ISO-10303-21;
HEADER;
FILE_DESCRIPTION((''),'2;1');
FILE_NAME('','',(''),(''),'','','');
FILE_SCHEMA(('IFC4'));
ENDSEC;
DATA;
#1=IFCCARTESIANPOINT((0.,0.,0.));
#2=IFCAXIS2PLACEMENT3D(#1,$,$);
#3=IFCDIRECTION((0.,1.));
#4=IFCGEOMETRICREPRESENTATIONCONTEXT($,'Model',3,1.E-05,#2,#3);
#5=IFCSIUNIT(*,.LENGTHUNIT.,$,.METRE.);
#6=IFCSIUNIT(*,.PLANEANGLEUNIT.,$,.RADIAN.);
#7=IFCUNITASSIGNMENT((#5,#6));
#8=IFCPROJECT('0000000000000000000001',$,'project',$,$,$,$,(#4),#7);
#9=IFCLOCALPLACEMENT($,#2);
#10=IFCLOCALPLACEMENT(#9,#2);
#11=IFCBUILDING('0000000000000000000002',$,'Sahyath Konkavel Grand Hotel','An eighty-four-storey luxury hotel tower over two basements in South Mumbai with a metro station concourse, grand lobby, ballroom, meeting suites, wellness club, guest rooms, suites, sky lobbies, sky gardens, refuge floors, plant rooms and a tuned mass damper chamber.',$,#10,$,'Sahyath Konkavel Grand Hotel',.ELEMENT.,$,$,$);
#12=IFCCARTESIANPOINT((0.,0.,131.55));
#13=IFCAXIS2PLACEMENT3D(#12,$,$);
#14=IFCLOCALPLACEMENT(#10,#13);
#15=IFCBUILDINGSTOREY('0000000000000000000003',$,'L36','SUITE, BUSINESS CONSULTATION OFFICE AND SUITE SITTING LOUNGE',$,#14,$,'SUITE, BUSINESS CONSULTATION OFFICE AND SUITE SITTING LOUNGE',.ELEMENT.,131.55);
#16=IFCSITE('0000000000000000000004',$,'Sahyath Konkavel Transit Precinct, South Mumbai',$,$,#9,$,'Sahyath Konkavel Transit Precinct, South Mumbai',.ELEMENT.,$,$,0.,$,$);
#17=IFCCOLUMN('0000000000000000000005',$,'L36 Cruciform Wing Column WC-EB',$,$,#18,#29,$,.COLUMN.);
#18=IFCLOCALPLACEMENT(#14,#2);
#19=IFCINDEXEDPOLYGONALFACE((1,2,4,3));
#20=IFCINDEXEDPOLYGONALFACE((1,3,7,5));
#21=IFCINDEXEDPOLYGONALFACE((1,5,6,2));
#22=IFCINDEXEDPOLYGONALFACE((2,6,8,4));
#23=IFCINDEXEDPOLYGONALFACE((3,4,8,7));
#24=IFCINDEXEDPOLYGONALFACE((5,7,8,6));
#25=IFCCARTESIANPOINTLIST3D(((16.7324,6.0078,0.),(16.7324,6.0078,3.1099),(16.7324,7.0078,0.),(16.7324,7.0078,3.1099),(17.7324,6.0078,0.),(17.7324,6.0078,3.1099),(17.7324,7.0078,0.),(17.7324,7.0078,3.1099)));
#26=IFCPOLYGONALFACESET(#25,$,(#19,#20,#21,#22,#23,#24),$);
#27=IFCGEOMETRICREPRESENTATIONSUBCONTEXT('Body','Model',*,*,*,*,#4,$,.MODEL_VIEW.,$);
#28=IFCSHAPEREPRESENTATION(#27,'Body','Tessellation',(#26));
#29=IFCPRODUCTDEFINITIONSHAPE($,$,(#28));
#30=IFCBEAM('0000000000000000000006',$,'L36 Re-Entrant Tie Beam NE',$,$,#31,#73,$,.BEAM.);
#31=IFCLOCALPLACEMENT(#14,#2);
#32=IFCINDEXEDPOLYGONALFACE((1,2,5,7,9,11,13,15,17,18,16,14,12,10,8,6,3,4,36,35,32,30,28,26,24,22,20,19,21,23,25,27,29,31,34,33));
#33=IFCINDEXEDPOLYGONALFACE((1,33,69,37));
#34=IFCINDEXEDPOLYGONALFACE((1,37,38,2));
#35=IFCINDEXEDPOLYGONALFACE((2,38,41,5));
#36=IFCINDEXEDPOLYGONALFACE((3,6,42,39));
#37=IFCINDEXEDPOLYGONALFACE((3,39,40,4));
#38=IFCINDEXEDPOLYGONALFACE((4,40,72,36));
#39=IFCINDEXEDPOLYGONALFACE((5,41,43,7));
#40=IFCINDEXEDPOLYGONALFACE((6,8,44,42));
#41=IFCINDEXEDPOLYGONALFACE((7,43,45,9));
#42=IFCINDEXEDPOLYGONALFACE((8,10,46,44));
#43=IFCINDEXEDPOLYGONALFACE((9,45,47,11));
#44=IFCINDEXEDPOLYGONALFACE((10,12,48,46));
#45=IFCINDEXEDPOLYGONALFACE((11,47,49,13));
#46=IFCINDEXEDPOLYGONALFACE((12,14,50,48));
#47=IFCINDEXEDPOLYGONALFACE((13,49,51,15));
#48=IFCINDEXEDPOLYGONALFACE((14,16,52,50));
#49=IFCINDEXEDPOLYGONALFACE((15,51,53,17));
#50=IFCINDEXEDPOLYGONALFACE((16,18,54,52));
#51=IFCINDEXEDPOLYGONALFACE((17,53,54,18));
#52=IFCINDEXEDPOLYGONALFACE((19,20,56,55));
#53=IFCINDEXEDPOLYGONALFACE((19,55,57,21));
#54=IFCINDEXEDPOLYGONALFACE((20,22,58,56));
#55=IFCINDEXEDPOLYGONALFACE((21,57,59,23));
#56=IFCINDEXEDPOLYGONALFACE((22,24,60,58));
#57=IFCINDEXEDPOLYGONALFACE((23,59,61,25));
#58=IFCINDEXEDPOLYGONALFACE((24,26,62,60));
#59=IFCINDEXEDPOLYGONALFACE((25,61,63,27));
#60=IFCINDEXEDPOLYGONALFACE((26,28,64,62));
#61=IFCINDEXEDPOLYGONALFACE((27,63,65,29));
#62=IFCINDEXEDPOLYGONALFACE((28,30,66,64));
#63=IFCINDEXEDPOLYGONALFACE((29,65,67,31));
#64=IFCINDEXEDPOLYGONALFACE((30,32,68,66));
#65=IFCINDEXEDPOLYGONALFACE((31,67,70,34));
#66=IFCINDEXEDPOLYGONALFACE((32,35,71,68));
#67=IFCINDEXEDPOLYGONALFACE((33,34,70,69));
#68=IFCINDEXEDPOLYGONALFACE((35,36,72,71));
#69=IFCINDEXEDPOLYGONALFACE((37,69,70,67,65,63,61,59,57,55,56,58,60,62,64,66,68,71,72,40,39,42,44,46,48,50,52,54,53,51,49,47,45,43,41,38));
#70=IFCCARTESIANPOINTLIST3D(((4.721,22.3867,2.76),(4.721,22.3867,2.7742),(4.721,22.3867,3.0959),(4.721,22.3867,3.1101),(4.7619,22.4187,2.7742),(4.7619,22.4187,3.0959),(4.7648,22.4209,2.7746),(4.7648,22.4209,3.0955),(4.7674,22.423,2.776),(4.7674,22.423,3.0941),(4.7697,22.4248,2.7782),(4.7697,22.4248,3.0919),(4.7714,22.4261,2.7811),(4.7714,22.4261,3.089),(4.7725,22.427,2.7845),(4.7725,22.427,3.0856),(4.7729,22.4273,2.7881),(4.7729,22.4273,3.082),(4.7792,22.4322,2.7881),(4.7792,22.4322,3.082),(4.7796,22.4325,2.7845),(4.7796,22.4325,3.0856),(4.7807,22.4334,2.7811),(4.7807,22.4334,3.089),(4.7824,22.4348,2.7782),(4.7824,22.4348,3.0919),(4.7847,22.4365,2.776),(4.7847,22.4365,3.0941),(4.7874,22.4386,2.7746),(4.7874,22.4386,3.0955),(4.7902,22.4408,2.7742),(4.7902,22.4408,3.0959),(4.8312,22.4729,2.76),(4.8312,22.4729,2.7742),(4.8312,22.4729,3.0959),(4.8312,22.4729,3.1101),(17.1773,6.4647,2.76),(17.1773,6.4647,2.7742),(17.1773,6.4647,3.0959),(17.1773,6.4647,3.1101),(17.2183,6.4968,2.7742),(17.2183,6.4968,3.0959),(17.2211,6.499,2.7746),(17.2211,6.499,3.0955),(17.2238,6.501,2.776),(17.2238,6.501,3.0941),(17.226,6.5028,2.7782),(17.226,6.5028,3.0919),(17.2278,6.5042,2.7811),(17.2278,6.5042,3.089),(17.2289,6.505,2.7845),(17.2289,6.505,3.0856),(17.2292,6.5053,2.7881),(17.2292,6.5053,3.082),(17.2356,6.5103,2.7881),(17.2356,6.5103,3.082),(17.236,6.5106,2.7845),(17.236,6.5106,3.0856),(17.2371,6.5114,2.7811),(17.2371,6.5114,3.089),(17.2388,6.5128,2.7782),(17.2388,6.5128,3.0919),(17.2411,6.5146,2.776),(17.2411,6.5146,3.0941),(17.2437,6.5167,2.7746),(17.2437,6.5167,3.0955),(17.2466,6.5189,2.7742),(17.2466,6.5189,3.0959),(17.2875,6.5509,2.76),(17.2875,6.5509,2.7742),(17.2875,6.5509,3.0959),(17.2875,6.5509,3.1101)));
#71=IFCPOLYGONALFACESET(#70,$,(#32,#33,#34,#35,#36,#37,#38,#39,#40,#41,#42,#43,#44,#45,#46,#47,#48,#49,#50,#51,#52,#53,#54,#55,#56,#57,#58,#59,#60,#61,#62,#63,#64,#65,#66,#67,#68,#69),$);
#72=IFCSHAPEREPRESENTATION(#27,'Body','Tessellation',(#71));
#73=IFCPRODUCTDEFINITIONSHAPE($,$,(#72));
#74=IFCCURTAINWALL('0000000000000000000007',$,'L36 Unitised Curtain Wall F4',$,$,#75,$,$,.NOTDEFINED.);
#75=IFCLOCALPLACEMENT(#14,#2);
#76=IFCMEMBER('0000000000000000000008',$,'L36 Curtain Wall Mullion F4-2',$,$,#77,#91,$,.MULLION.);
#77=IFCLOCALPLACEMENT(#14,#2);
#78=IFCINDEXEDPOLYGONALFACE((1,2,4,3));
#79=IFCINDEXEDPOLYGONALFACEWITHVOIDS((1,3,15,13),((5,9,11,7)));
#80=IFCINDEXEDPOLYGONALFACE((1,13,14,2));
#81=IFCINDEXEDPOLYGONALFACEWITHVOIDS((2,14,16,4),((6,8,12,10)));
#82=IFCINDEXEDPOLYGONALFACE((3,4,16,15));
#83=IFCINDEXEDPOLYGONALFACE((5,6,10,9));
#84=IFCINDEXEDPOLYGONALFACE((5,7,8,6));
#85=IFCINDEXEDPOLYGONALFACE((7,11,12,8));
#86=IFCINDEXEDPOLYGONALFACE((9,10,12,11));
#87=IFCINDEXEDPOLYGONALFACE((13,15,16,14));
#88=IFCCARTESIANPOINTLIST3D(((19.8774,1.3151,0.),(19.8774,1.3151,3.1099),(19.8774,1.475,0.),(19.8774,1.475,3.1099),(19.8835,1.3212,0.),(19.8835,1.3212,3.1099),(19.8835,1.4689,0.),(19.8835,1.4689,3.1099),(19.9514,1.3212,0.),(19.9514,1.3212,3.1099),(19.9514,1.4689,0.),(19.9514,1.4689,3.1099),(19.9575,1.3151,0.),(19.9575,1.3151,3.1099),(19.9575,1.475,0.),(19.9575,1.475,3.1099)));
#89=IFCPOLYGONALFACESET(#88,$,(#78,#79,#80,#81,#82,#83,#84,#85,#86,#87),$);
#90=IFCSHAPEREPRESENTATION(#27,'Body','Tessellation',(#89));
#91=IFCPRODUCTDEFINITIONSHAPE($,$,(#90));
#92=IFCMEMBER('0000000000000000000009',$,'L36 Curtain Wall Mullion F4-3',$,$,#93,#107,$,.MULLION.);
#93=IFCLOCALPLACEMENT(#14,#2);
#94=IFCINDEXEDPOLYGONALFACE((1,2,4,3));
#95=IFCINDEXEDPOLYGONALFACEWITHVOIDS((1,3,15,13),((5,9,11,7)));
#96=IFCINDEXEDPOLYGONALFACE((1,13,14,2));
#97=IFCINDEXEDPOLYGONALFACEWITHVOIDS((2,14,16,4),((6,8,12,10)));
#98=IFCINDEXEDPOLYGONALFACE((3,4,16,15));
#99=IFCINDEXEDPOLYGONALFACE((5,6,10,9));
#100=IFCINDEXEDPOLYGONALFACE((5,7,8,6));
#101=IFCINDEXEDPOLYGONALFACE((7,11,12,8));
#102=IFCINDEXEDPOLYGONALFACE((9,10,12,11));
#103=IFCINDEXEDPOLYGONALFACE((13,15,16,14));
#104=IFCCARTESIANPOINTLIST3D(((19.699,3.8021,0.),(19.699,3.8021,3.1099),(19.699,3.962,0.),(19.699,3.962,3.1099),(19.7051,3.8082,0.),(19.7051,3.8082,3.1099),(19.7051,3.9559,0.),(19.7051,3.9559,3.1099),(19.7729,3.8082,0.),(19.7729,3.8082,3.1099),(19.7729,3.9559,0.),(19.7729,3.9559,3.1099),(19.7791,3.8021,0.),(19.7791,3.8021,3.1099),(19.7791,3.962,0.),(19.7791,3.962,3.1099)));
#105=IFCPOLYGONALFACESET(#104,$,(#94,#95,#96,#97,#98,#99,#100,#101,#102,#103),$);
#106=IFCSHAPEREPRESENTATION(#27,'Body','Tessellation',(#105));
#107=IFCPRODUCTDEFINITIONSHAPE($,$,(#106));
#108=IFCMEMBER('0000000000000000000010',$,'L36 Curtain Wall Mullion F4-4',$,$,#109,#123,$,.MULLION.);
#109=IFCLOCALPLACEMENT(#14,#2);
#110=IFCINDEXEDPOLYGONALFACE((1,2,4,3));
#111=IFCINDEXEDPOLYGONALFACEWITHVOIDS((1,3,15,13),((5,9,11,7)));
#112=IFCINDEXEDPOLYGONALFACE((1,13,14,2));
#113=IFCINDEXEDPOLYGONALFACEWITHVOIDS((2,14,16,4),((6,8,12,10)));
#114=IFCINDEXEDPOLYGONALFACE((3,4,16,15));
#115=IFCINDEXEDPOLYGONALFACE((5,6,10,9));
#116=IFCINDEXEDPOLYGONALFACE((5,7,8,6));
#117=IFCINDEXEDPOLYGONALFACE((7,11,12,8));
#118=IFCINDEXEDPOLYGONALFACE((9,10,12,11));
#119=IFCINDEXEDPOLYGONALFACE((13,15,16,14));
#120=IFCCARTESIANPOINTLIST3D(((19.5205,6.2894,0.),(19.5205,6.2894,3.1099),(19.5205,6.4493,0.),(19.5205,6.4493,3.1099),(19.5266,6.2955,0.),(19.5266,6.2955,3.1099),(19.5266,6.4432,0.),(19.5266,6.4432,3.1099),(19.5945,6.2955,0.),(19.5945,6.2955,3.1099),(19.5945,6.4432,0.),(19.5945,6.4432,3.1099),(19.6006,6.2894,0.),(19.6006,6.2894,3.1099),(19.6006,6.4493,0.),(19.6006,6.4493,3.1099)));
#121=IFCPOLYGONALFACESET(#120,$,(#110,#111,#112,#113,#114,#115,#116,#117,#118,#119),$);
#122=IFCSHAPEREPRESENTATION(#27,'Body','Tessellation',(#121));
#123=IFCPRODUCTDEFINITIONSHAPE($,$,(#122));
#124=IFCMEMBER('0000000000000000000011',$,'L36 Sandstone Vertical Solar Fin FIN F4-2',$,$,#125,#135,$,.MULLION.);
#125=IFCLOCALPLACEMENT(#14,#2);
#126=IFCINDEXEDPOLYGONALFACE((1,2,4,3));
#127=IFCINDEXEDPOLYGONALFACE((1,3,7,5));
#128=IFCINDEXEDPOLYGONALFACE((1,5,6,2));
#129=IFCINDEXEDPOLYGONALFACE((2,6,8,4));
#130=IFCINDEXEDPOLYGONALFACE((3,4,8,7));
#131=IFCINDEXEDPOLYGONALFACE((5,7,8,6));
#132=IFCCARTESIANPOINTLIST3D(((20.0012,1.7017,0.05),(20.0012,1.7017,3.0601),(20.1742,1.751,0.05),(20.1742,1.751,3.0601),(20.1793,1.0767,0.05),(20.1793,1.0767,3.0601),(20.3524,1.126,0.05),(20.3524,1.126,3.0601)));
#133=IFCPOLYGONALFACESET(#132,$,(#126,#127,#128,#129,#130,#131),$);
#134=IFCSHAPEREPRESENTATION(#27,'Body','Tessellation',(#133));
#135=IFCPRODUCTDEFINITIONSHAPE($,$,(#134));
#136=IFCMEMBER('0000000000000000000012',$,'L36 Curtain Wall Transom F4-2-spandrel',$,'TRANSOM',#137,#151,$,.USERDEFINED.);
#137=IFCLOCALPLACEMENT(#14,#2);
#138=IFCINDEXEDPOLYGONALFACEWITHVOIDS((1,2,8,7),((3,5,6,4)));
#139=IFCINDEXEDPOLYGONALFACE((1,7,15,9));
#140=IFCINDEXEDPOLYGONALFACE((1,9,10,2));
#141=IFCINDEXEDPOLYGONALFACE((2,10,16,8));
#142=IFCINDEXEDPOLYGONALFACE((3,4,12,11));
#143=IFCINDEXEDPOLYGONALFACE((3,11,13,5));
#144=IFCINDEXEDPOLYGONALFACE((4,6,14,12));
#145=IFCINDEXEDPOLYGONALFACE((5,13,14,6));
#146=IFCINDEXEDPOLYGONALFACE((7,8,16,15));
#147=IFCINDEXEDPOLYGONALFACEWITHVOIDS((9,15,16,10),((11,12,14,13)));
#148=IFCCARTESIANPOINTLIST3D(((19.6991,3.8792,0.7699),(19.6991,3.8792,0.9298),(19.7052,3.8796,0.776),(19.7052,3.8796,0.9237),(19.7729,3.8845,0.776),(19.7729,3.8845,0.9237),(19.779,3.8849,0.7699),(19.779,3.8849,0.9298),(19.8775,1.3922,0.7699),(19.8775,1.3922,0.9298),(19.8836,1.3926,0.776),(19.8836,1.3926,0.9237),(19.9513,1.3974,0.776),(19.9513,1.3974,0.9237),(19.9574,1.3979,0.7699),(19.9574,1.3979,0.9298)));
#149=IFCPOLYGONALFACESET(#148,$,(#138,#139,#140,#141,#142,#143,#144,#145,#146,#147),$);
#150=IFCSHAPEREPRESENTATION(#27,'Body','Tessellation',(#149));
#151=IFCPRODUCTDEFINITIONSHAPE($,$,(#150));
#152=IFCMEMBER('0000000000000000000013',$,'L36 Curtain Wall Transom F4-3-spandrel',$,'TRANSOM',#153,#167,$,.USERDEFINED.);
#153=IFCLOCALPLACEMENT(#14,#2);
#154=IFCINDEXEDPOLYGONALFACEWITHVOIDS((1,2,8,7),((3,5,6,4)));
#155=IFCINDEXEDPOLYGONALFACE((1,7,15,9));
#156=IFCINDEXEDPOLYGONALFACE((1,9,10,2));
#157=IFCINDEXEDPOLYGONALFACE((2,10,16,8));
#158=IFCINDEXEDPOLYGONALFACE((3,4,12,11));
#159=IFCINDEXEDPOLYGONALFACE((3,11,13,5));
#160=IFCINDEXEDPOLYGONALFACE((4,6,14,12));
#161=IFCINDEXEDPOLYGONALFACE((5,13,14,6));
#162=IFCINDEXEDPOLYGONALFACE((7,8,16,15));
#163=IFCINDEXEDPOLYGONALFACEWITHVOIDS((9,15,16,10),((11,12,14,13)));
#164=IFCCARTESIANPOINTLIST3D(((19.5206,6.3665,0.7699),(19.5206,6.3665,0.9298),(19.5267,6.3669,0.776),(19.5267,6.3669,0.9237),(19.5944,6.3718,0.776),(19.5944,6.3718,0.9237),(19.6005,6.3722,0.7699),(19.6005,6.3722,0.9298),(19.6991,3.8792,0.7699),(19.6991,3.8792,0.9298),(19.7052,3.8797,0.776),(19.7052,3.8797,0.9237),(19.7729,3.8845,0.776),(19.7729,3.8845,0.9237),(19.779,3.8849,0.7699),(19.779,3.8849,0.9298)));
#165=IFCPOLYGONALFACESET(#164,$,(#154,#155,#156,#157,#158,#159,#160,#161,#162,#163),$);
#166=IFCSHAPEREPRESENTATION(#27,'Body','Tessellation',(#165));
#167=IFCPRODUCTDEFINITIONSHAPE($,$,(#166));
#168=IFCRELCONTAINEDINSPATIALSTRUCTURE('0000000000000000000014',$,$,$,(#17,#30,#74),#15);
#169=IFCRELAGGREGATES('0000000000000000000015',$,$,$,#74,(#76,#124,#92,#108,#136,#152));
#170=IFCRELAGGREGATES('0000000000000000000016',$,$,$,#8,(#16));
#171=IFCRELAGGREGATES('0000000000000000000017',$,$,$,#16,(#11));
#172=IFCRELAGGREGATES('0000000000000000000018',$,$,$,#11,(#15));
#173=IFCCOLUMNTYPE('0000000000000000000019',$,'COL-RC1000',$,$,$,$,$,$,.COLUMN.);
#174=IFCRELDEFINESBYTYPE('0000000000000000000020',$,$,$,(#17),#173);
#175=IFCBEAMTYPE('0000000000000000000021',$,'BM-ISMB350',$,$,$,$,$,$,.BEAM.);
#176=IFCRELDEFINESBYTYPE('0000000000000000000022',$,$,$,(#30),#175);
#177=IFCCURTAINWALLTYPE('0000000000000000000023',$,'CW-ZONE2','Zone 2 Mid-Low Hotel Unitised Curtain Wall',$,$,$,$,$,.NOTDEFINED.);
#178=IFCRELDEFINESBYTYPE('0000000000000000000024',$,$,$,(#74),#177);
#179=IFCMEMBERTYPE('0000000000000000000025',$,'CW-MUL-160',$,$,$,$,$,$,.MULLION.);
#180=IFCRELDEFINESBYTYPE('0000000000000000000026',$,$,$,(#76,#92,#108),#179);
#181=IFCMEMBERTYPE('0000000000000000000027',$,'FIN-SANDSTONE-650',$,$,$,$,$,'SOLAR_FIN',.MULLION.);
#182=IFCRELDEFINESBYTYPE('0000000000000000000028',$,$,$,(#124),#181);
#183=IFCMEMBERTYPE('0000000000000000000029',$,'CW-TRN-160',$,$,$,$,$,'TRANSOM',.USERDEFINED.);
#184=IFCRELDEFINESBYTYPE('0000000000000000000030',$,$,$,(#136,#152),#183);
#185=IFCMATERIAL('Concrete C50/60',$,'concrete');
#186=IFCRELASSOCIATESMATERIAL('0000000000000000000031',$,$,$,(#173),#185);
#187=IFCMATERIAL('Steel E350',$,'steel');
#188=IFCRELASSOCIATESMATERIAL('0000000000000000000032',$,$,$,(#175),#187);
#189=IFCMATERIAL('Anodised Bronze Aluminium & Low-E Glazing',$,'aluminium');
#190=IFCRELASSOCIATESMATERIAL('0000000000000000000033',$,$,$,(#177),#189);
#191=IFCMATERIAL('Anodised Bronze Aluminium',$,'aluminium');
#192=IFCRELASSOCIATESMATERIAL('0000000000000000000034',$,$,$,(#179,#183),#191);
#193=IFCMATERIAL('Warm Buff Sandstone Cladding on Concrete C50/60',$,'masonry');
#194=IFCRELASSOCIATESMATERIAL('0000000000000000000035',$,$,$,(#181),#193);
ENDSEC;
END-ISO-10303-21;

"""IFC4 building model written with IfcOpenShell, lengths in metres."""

from ifc_helpers import new_model, si_unit, direction, frame, origin, origin_2d, place, context, subcontext, project, spatial, rectangle, hollow_rectangle, i_section, extrude, source, transform, mapped, material, material_profile, profile_set, type_object, element, aggregate, save


model = new_model("IFC4")

# Units and contexts
model_context = context("Model", 3, precision=1e-05, world=origin(), true_north=direction((0.0, 1.0)))
body_context = subcontext(model_context, "Body", "Model", "MODEL_VIEW")
ifc_project = project(units=[si_unit("LENGTHUNIT", "METRE"), si_unit("PLANEANGLEUNIT", "RADIAN")], contexts=[model_context])

# Site, building, storey
site_placement = place(None, origin())
site = spatial("IfcSite", under=ifc_project, at=site_placement, Name="Sahyath Konkavel Transit Precinct, South Mumbai", LongName="Sahyath Konkavel Transit Precinct, South Mumbai", CompositionType="ELEMENT", RefElevation=0.0)
building_placement = place(site_placement, origin())
building = spatial("IfcBuilding", under=site, at=building_placement, Name="Sahyath Konkavel Grand Hotel", Description="An eighty-four-storey luxury hotel tower over two basements in South Mumbai with a metro station concourse, grand lobby, ballroom, meeting suites, wellness club, guest rooms, suites, sky lobbies, sky gardens, refuge floors, plant rooms and a tuned mass damper chamber.", LongName="Sahyath Konkavel Grand Hotel", CompositionType="ELEMENT")
storey_placement = place(building_placement, frame((0.0, 0.0, 131.55)))
storey = spatial("IfcBuildingStorey", under=building, at=storey_placement, Name="L36", Description="SUITE, BUSINESS CONSULTATION OFFICE AND SUITE SITTING LOUNGE", LongName="SUITE, BUSINESS CONSULTATION OFFICE AND SUITE SITTING LOUNGE", CompositionType="ELEMENT", Elevation=131.55)

# Column
ifc_material_1 = material(Name="Concrete C50/60", Category="concrete")
ifc_material_profile_1 = material_profile(ifc_material_1, rectangle(XDim=1.0, YDim=1.0, at=origin_2d()), Name="RC 1000x1000")
ifc_profile_set_1 = profile_set([ifc_material_profile_1], Name="Concrete C50/60")
column_type = type_object("IfcColumnType", Name="COL-RC1000", PredefinedType="COLUMN", material=ifc_profile_set_1)
shared_shape_1 = source(origin(), body_context, "Body", "SweptSolid", [
    extrude(rectangle(XDim=1.0, YDim=1.0, at=origin_2d()), origin(), (0.0, 0.0, 1.0), 3.1099),
])
column_placement = place(storey_placement, frame((17.2324, 6.5078, 0.0), z_axis=(0.0, 0.0, 1.0), x_axis=(1.0, 0.0, 0.0)))
element("IfcColumn", 1, at=column_placement, inside=storey, type_object=column_type, Name="L36 Cruciform Wing Column WC-EB", PredefinedType="COLUMN", context=body_context, shape_type="MappedRepresentation", body=[
    mapped(shared_shape_1, transform((0.0, 0.0, 0.0), scale=1.0)),
])

# Beam
ifc_material_2 = material(Name="Steel E350", Category="steel")
ifc_material_profile_2 = material_profile(ifc_material_2, i_section(OverallWidth=0.1399, OverallDepth=0.3501, WebThickness=0.0081, FlangeThickness=0.0142, FilletRadius=0.0139, at=origin_2d()), Name="ISMB 350")
ifc_profile_set_2 = profile_set([ifc_material_profile_2], Name="Steel E350")
beam_type_1 = type_object("IfcBeamType", Name="BM-ISMB350", PredefinedType="BEAM", material=ifc_profile_set_2)
shared_shape_2 = source(origin(), body_context, "Body", "SweptSolid", [
    extrude(i_section(OverallWidth=0.1399, OverallDepth=0.3501, WebThickness=0.0081, FlangeThickness=0.0142, FilletRadius=0.0139, at=origin_2d()), origin(), (0.0, 0.0, 1.0), 20.2156),
])
beam_1_placement = place(storey_placement, frame((17.2324, 6.5078, 2.9351), z_axis=(-0.616176, 0.787608, 0.0), x_axis=(-0.787608, -0.616176, 0.0)))
element("IfcBeam", 2, at=beam_1_placement, inside=storey, type_object=beam_type_1, Name="L36 Re-Entrant Tie Beam NE", PredefinedType="BEAM", context=body_context, shape_type="MappedRepresentation", body=[
    mapped(shared_shape_2, transform((0.0, 0.0, 0.0), scale=1.0)),
])

# Curtain wall, members
ifc_material_3 = material(Name="Anodised Bronze Aluminium & Low-E Glazing", Category="aluminium")
curtain_wall_type = type_object("IfcCurtainWallType", Name="CW-ZONE2", Description="Zone 2 Mid-Low Hotel Unitised Curtain Wall", PredefinedType="NOTDEFINED", material=ifc_material_3)
curtain_wall_placement = place(storey_placement, origin())
curtain_wall = element("IfcCurtainWall", 3, at=curtain_wall_placement, inside=storey, type_object=curtain_wall_type, Name="L36 Unitised Curtain Wall F4", PredefinedType="NOTDEFINED")
ifc_material_4 = material(Name="Anodised Bronze Aluminium", Category="aluminium")
ifc_material_profile_3 = material_profile(ifc_material_4, hollow_rectangle(XDim=0.0801, YDim=0.1599, WallThickness=0.0061, at=origin_2d()), Name="RHS 160x80x6")
ifc_profile_set_3 = profile_set([ifc_material_profile_3], Name="Anodised Bronze Aluminium")
member_type_1 = type_object("IfcMemberType", Name="CW-MUL-160", PredefinedType="MULLION", material=ifc_profile_set_3)
shared_shape_3 = source(origin(), body_context, "Body", "SweptSolid", [
    extrude(hollow_rectangle(XDim=0.0801, YDim=0.1599, WallThickness=0.0061, at=origin_2d()), origin(), (0.0, 0.0, 1.0), 3.1099),
])
member_1_placement = place(storey_placement, frame((19.9175, 1.395, 0.0), z_axis=(0.0, 0.0, 1.0), x_axis=(1.0, 0.0, 0.0)))
member_1 = element("IfcMember", 4, at=member_1_placement, type_object=member_type_1, Name="L36 Curtain Wall Mullion F4-2", PredefinedType="MULLION", context=body_context, shape_type="MappedRepresentation", body=[
    mapped(shared_shape_3, transform((0.0, 0.0, 0.0), scale=1.0)),
])
member_2_placement = place(storey_placement, frame((19.739, 3.8821, 0.0), z_axis=(0.0, 0.0, 1.0), x_axis=(1.0, 0.0, 0.0)))
member_2 = element("IfcMember", 5, at=member_2_placement, type_object=member_type_1, Name="L36 Curtain Wall Mullion F4-3", PredefinedType="MULLION", context=body_context, shape_type="MappedRepresentation", body=[
    mapped(shared_shape_3, transform((0.0, 0.0, 0.0), scale=1.0)),
])
member_3_placement = place(storey_placement, frame((19.5605, 6.3694, 0.0), z_axis=(0.0, 0.0, 1.0), x_axis=(1.0, 0.0, 0.0)))
member_3 = element("IfcMember", 6, at=member_3_placement, type_object=member_type_1, Name="L36 Curtain Wall Mullion F4-4", PredefinedType="MULLION", context=body_context, shape_type="MappedRepresentation", body=[
    mapped(shared_shape_3, transform((0.0, 0.0, 0.0), scale=1.0)),
])
ifc_material_5 = material(Name="Warm Buff Sandstone Cladding on Concrete C50/60", Category="masonry")
ifc_material_profile_4 = material_profile(ifc_material_5, rectangle(XDim=0.1799, YDim=0.6499, at=origin_2d()), Name="FIN 180x650")
ifc_profile_set_4 = profile_set([ifc_material_profile_4], Name="Warm Buff Sandstone Cladding on Concrete C50/60")
member_type_2 = type_object("IfcMemberType", Name="FIN-SANDSTONE-650", ElementType="SOLAR_FIN", PredefinedType="MULLION", material=ifc_profile_set_4)
shared_shape_4 = source(origin(), body_context, "Body", "SweptSolid", [
    extrude(rectangle(XDim=0.1799, YDim=0.6499, at=origin_2d()), origin(), (0.0, 0.0, 1.0), 3.01),
])
member_4_placement = place(storey_placement, frame((20.1768, 1.4138, 0.05), z_axis=(0.0, 0.0, 1.0), x_axis=(0.961693, 0.274127, 0.0)))
member_4 = element("IfcMember", 7, at=member_4_placement, type_object=member_type_2, Name="L36 Sandstone Vertical Solar Fin FIN F4-2", PredefinedType="MULLION", context=body_context, shape_type="MappedRepresentation", body=[
    mapped(shared_shape_4, transform((0.0, 0.0, 0.0), scale=1.0)),
])
ifc_material_profile_5 = material_profile(ifc_material_4, hollow_rectangle(XDim=0.0801, YDim=0.1599, WallThickness=0.0061, at=origin_2d()), Name="RHS 160x80x6")
ifc_profile_set_5 = profile_set([ifc_material_profile_5], Name="Anodised Bronze Aluminium")
member_type_3 = type_object("IfcMemberType", Name="CW-TRN-160", ElementType="TRANSOM", PredefinedType="USERDEFINED", material=ifc_profile_set_5)
shared_shape_5 = source(origin(), body_context, "Body", "SweptSolid", [
    extrude(hollow_rectangle(XDim=0.0801, YDim=0.1599, WallThickness=0.0061, at=origin_2d()), origin(), (0.0, 0.0, 1.0), 2.4934),
])
member_5_placement = place(storey_placement, frame((19.9175, 1.395, 0.8499), z_axis=(-0.071574, 0.997435, 0.0), x_axis=(-0.997435, -0.071574, 0.0)))
member_5 = element("IfcMember", 8, at=member_5_placement, type_object=member_type_3, Name="L36 Curtain Wall Transom F4-2-spandrel", ObjectType="TRANSOM", PredefinedType="USERDEFINED", context=body_context, shape_type="MappedRepresentation", body=[
    mapped(shared_shape_5, transform((0.0, 0.0, 0.0), scale=1.0)),
])
shared_shape_6 = source(origin(), body_context, "Body", "SweptSolid", [
    extrude(hollow_rectangle(XDim=0.0801, YDim=0.1599, WallThickness=0.0061, at=origin_2d()), origin(), (0.0, 0.0, 1.0), 2.4937),
])
member_6_placement = place(storey_placement, frame((19.739, 3.8821, 0.8499), z_axis=(-0.071567, 0.997436, 0.0), x_axis=(-0.997436, -0.071567, 0.0)))
member_6 = element("IfcMember", 9, at=member_6_placement, type_object=member_type_3, Name="L36 Curtain Wall Transom F4-3-spandrel", ObjectType="TRANSOM", PredefinedType="USERDEFINED", context=body_context, shape_type="MappedRepresentation", body=[
    mapped(shared_shape_6, transform((0.0, 0.0, 0.0), scale=1.0)),
])

aggregate(curtain_wall, [member_1, member_4, member_2, member_3, member_5, member_6])

save(model, "model.ifc")
